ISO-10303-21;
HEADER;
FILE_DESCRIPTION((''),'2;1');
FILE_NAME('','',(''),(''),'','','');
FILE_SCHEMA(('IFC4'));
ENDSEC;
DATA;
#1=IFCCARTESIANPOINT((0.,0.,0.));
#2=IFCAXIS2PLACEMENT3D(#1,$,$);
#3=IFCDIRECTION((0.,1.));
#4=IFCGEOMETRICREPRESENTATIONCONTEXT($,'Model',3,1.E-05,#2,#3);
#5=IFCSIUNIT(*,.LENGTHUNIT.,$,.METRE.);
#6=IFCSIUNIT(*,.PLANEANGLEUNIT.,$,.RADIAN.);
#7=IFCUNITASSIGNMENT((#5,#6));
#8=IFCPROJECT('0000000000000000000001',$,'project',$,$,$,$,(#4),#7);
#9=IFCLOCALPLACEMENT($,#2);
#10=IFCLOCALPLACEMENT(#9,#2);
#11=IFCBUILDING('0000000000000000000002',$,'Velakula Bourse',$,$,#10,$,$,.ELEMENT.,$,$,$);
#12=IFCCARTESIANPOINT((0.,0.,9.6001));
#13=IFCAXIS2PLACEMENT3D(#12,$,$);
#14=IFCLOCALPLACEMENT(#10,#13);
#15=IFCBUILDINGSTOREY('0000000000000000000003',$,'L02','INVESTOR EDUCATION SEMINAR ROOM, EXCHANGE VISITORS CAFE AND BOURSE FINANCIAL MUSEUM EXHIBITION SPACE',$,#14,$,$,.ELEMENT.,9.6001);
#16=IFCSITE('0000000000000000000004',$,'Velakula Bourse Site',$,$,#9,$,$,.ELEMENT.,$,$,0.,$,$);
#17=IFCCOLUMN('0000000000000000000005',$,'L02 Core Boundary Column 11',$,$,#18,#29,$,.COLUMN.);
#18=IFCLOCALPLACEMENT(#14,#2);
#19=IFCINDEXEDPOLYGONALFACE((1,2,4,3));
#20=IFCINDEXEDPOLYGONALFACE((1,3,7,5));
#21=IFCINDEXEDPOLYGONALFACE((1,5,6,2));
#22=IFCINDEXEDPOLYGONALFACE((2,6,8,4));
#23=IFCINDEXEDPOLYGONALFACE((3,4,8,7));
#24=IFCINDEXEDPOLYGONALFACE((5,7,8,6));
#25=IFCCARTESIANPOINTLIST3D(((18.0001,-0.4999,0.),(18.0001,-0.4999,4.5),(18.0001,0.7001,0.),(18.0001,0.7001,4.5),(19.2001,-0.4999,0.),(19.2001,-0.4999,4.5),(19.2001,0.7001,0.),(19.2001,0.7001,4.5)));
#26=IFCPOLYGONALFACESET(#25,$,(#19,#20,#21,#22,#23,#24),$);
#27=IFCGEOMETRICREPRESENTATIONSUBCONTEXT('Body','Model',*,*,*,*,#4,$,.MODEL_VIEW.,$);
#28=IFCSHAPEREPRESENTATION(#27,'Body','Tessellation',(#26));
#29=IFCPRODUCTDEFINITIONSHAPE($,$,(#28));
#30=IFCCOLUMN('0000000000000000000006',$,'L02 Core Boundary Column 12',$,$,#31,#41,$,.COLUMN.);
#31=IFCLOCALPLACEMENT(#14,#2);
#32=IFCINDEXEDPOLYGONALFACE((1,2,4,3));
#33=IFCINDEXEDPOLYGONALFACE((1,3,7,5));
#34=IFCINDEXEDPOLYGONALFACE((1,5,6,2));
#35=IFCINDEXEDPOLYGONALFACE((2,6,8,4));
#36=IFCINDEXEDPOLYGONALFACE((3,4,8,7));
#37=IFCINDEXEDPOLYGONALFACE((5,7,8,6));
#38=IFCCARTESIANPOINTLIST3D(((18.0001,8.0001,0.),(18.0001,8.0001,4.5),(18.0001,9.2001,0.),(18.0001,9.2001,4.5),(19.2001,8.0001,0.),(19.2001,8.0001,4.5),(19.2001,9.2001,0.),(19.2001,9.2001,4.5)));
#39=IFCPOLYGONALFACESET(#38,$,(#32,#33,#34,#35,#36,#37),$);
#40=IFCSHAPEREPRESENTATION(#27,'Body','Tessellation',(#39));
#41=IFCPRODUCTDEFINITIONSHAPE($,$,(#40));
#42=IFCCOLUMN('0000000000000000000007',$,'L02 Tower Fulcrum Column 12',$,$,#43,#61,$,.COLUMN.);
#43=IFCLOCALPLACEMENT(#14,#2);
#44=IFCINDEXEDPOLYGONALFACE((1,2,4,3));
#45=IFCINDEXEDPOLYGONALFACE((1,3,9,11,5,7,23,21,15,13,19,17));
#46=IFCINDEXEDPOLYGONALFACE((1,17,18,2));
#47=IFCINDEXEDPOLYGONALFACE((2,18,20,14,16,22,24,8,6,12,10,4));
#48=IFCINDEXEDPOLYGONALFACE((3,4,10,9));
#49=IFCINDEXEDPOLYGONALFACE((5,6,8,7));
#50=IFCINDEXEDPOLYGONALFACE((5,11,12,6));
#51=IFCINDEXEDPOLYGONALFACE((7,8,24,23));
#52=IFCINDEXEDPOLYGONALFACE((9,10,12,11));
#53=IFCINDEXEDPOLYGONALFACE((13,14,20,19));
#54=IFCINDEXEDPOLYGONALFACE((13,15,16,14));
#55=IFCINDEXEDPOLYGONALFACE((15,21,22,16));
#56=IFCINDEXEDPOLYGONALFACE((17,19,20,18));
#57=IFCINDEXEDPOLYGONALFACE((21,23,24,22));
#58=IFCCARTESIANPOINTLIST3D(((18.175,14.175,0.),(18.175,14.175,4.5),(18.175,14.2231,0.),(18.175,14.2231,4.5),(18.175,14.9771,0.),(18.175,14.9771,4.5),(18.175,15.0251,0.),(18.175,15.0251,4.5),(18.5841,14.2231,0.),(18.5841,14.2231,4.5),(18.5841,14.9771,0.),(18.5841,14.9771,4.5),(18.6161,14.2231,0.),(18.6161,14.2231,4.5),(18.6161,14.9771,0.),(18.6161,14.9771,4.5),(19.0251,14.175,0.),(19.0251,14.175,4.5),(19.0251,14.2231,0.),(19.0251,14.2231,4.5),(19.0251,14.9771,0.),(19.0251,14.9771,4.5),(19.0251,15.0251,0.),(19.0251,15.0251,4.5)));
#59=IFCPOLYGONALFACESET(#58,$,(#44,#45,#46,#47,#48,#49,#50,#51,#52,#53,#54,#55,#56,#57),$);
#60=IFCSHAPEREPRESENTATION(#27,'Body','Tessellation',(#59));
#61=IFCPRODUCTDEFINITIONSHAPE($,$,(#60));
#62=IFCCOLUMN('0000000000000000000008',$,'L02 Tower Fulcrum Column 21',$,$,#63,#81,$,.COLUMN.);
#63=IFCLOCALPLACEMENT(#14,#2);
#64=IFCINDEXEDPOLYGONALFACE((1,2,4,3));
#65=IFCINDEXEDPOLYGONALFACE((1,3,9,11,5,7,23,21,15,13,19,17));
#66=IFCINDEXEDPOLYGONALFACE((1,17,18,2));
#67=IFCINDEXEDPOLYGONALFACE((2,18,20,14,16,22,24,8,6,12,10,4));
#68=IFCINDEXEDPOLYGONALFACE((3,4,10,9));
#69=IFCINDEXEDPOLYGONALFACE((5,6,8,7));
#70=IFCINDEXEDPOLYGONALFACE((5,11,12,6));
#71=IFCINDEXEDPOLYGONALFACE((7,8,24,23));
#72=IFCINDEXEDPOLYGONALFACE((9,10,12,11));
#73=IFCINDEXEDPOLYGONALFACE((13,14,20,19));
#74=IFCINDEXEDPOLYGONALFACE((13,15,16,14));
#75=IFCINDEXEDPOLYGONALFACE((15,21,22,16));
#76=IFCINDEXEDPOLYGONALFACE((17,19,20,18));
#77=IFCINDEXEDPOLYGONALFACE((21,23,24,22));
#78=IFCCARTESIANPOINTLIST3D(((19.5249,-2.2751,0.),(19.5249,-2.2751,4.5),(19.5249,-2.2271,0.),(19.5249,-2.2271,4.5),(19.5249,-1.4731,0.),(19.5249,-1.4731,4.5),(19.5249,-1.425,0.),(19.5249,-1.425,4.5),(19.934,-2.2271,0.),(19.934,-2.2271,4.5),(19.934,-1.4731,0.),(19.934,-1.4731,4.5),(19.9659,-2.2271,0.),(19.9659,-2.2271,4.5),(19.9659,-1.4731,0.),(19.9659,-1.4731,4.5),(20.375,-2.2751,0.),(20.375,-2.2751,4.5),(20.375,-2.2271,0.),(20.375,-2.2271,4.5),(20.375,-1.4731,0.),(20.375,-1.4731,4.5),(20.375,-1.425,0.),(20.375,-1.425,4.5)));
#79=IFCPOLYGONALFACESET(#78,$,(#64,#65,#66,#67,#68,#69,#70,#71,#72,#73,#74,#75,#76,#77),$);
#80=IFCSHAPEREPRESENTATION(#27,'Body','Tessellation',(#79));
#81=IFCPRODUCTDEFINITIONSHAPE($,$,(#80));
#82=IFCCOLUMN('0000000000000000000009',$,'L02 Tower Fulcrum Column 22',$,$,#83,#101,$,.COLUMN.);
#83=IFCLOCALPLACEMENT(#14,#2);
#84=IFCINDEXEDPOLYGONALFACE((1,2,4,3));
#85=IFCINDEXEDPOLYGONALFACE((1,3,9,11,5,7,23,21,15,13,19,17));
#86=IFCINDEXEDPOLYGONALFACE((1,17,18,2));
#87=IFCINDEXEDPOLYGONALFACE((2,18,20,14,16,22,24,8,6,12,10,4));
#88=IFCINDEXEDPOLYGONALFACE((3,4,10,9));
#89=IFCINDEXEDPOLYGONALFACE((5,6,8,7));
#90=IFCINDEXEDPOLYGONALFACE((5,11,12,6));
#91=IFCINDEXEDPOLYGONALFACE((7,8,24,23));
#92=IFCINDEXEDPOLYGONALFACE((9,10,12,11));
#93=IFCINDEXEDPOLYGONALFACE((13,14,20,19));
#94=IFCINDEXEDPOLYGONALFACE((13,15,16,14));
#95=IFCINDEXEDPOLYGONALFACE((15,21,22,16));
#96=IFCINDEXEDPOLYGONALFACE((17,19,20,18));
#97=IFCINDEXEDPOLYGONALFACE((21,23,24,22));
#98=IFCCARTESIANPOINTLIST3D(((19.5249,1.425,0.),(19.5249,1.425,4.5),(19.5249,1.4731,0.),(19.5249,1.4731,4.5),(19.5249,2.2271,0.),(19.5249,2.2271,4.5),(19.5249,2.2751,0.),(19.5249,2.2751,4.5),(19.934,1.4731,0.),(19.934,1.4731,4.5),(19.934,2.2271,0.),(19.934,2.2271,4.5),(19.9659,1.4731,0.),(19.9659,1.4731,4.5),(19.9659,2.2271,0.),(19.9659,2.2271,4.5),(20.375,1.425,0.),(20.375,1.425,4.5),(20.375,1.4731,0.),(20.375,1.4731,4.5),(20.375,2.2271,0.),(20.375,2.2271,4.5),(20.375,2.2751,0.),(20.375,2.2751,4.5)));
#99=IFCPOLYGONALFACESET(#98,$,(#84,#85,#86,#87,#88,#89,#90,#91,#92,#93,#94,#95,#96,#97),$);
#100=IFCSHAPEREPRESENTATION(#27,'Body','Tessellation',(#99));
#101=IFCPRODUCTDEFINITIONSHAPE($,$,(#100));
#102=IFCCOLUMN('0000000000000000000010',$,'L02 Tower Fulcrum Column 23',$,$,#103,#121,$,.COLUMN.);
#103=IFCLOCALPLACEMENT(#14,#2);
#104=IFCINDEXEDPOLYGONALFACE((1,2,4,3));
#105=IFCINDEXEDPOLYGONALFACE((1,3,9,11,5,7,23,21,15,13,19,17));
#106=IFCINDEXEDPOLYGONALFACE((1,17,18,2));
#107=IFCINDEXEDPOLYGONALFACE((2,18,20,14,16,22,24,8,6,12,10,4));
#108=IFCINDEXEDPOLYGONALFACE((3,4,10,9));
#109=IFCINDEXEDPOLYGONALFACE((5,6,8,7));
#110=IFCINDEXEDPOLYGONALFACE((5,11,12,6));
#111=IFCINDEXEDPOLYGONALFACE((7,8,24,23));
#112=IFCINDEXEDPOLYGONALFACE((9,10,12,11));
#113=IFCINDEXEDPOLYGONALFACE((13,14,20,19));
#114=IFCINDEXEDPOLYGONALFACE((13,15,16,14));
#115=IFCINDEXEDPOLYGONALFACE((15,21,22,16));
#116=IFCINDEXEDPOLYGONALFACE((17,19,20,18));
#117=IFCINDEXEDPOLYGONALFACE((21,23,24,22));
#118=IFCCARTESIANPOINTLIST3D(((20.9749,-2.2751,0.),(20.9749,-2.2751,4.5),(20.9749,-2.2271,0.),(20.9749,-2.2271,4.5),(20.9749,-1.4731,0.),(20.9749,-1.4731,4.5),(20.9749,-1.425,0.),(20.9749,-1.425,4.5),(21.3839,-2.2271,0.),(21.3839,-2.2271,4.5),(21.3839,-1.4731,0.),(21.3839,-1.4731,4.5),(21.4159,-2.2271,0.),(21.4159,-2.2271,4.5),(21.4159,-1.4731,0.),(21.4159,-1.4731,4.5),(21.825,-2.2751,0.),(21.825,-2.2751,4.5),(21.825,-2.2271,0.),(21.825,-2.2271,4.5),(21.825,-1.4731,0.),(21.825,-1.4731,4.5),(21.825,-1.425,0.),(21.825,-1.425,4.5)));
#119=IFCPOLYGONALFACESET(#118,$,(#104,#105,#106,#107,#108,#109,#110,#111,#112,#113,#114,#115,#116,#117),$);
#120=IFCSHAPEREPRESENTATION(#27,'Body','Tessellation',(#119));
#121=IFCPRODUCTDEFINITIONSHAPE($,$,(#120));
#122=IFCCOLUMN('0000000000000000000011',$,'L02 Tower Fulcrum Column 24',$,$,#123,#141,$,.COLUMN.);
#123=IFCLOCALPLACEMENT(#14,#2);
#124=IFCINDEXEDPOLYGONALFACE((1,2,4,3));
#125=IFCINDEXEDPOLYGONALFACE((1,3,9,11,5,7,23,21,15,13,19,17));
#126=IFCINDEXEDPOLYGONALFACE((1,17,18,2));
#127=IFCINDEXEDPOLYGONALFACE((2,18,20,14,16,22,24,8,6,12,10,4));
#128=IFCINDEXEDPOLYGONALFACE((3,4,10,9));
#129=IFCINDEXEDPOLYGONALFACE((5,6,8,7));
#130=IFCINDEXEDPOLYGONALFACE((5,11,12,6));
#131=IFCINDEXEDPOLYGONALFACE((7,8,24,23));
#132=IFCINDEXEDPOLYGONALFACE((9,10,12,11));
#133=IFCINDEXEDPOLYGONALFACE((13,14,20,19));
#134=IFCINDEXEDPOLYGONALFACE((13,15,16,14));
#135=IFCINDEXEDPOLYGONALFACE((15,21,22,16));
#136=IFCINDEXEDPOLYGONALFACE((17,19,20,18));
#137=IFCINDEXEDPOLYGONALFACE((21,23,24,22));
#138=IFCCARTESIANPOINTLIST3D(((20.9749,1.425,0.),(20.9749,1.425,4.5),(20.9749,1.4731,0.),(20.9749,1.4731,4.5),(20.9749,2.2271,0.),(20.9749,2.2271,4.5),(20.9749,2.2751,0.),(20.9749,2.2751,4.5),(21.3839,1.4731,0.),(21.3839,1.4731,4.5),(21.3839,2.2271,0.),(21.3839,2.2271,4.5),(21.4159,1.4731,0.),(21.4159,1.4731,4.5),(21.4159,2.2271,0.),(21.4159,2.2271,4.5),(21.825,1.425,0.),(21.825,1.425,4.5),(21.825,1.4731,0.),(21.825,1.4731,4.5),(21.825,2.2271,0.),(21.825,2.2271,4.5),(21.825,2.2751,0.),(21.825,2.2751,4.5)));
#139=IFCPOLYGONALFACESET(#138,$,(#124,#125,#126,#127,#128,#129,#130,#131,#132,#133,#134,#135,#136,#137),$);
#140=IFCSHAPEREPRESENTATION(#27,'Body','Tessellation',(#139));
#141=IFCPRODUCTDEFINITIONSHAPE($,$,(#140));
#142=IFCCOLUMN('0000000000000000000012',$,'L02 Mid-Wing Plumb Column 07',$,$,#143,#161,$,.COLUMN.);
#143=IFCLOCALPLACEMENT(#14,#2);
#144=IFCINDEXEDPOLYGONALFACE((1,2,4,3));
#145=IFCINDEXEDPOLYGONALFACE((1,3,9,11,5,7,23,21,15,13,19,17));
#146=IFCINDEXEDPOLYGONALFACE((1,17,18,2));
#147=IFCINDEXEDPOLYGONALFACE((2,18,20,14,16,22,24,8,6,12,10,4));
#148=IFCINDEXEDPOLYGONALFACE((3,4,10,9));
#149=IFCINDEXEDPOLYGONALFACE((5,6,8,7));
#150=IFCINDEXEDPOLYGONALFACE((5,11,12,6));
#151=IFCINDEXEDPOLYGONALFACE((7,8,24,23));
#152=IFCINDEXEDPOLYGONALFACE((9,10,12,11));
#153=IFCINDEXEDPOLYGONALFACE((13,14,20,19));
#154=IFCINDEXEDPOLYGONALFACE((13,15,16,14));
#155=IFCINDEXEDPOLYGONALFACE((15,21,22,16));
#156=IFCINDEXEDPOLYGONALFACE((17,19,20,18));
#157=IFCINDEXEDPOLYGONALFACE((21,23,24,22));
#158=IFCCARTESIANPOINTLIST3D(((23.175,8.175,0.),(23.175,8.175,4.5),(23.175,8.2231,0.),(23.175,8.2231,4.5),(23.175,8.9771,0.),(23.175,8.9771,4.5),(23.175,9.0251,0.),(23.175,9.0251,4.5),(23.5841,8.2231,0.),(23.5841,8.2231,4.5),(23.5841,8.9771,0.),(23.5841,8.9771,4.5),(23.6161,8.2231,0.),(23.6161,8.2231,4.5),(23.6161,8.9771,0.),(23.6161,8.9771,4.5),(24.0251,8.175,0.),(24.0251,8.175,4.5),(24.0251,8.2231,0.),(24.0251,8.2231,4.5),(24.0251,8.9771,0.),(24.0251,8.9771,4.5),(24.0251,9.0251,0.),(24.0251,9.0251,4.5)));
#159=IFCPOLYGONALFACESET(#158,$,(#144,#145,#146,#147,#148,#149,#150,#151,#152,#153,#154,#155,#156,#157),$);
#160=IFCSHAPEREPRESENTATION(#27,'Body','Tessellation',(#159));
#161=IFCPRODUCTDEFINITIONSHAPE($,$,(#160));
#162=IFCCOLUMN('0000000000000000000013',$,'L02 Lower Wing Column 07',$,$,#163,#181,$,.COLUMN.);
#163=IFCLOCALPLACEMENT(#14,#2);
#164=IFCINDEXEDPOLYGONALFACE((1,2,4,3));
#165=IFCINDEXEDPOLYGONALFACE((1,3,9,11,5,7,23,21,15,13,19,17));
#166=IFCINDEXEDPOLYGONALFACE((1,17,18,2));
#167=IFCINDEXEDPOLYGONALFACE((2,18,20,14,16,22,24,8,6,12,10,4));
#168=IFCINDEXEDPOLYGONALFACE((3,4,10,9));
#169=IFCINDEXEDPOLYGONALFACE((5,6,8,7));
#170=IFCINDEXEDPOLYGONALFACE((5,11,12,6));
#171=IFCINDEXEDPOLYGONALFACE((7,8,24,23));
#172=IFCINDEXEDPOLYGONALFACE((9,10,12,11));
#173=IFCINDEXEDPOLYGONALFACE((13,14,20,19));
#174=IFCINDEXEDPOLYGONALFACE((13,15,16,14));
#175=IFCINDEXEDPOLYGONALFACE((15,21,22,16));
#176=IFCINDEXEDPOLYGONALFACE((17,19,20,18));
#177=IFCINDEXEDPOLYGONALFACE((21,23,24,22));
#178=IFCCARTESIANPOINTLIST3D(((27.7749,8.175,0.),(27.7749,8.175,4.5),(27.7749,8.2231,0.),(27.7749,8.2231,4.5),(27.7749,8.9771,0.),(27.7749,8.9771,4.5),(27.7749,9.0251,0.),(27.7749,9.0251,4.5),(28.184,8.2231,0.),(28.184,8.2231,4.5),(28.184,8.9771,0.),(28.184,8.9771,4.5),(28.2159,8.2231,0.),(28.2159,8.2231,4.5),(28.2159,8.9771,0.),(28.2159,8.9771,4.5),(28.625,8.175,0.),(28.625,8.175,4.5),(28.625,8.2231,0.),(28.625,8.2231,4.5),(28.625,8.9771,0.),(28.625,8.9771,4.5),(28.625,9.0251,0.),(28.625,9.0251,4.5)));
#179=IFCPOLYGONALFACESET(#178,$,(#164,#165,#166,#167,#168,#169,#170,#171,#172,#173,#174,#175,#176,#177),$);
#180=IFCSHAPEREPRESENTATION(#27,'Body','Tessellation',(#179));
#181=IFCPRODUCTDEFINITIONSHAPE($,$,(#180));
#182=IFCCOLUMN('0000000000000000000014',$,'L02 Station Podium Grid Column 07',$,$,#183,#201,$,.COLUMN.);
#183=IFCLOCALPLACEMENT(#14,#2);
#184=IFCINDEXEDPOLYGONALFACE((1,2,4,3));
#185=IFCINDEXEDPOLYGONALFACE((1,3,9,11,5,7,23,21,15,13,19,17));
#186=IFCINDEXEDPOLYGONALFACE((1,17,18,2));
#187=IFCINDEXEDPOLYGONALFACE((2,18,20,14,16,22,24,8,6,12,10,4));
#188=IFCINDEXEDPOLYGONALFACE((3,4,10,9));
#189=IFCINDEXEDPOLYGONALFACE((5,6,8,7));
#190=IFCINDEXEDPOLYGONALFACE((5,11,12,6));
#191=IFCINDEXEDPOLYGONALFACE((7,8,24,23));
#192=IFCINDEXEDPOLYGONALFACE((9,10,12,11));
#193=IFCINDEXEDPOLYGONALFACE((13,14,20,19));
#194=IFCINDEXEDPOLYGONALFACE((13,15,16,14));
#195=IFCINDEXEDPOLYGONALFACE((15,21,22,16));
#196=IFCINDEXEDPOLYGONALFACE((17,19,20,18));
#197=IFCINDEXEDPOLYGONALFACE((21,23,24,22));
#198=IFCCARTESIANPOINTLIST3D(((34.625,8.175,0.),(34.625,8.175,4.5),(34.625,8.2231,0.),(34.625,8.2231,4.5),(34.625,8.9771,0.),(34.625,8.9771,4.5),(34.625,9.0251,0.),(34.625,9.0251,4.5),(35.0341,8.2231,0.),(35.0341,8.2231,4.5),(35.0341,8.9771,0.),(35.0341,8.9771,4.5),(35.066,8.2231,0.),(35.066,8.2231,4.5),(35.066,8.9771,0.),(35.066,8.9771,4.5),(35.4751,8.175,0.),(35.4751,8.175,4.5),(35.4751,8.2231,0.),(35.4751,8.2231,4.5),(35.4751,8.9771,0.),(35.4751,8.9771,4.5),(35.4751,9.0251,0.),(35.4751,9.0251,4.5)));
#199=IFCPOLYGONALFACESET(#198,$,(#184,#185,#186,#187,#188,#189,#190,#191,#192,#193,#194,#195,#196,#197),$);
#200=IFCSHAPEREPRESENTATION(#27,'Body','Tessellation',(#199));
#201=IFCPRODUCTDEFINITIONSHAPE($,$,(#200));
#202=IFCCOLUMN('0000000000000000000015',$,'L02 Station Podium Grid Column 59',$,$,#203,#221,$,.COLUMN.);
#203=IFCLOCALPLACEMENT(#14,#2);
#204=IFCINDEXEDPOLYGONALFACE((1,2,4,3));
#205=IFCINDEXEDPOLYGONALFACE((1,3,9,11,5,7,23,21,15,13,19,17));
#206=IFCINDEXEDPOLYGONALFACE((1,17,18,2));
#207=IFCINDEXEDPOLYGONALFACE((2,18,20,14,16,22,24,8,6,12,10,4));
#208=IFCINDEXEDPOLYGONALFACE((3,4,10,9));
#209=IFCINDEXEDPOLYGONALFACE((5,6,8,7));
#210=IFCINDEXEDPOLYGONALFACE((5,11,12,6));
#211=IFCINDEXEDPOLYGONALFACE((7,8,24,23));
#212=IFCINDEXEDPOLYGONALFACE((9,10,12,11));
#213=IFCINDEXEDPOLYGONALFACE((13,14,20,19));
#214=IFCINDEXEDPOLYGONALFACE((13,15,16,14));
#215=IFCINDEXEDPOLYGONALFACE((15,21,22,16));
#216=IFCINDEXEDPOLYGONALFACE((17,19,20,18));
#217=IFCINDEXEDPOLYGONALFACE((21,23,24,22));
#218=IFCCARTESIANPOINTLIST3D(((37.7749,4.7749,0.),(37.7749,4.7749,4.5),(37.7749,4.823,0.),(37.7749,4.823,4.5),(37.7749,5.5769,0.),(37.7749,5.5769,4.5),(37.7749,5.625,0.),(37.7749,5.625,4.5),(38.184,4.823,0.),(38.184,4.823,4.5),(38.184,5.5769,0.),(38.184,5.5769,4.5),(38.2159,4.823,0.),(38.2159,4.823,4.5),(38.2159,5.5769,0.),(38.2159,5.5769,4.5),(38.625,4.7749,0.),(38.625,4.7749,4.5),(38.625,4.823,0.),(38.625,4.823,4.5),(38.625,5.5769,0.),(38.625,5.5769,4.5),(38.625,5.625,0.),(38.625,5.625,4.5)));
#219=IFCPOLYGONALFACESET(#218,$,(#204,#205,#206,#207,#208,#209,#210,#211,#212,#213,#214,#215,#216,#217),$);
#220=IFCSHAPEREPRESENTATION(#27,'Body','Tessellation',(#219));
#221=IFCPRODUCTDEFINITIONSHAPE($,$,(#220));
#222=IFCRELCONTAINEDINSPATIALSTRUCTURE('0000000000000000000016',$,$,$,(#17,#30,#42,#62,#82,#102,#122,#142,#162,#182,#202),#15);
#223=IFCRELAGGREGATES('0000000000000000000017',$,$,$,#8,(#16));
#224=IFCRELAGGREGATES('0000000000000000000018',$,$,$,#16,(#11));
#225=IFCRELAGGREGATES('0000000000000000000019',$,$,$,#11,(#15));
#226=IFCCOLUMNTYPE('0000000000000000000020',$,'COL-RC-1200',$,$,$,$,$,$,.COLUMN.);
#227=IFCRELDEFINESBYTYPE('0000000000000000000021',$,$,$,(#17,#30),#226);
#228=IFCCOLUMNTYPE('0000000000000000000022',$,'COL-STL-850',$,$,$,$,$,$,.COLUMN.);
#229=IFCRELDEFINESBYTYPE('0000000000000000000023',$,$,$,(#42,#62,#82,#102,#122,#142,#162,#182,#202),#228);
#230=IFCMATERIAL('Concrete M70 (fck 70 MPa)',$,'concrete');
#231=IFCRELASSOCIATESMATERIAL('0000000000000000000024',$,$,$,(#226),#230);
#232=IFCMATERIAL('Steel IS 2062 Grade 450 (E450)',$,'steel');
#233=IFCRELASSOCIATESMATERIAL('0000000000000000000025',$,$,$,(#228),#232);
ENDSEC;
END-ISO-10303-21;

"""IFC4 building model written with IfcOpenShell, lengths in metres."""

from ifc_helpers import new_model, si_unit, direction, frame, origin, origin_2d, place, context, subcontext, project, spatial, rectangle, i_section, extrude, material, material_profile, profile_set, type_object, element, save


model = new_model("IFC4")

# Units and contexts
model_context = context("Model", 3, precision=1e-05, world=origin(), true_north=direction((0.0, 1.0)))
body_context = subcontext(model_context, "Body", "Model", "MODEL_VIEW")
ifc_project = project(units=[si_unit("LENGTHUNIT", "METRE"), si_unit("PLANEANGLEUNIT", "RADIAN")], contexts=[model_context])

# Site, building, storey
site_placement = place(None, origin())
site = spatial("IfcSite", under=ifc_project, at=site_placement, Name="Velakula Bourse Site", CompositionType="ELEMENT", RefElevation=0.0)
building_placement = place(site_placement, origin())
building = spatial("IfcBuilding", under=site, at=building_placement, Name="Velakula Bourse", CompositionType="ELEMENT")
storey_placement = place(building_placement, frame((0.0, 0.0, 9.6001)))
storey = spatial("IfcBuildingStorey", under=building, at=storey_placement, Name="L02", Description="INVESTOR EDUCATION SEMINAR ROOM, EXCHANGE VISITORS CAFE AND BOURSE FINANCIAL MUSEUM EXHIBITION SPACE", CompositionType="ELEMENT", Elevation=9.6001)

# Columns
ifc_material_1 = material(Name="Concrete M70 (fck 70 MPa)", Category="concrete")
ifc_material_profile_1 = material_profile(ifc_material_1, rectangle(XDim=1.2, YDim=1.2, at=origin_2d()), Name="Concrete M70 (fck 70 MPa)")
ifc_profile_set_1 = profile_set([ifc_material_profile_1], Name="Concrete M70 (fck 70 MPa)")
column_type_1 = type_object("IfcColumnType", Name="COL-RC-1200", PredefinedType="COLUMN", material=ifc_profile_set_1)
for number, where, z_axis, x_axis, name in (
    (1, (18.6001, 0.1001, 0.0), (0.0, 0.0, 1.0), (1.0, 0.0, 0.0), "L02 Core Boundary Column 11"),
    (2, (18.6001, 8.6001, 0.0), (0.0, 0.0, 1.0), (1.0, 0.0, 0.0), "L02 Core Boundary Column 12"),
):
    element("IfcColumn", number, at=place(storey_placement, frame(where, z_axis=z_axis, x_axis=x_axis)), inside=storey, type_object=column_type_1, Name=name, PredefinedType="COLUMN", context=body_context, shape_type="SweptSolid", body=[
        extrude(rectangle(XDim=1.2, YDim=1.2, at=origin_2d()), origin(), (0.0, 0.0, 1.0), 4.5),
    ])
ifc_material_2 = material(Name="Steel IS 2062 Grade 450 (E450)", Category="steel")
ifc_material_profile_2 = material_profile(ifc_material_2, i_section(OverallWidth=0.8501, OverallDepth=0.8501, WebThickness=0.032, FlangeThickness=0.0481, at=origin_2d()), Name="Steel IS 2062 Grade 450 (E450)")
ifc_profile_set_2 = profile_set([ifc_material_profile_2], Name="Steel IS 2062 Grade 450 (E450)")
column_type_2 = type_object("IfcColumnType", Name="COL-STL-850", PredefinedType="COLUMN", material=ifc_profile_set_2)
for number, where, z_axis, x_axis, name in (
    (3, (18.6001, 14.6001, 0.0), (0.0, 0.0, 1.0), (1.0, 0.0, 0.0), "L02 Tower Fulcrum Column 12"),
    (4, (19.95, -1.8501, 0.0), (0.0, 0.0, 1.0), (1.0, 0.0, 0.0), "L02 Tower Fulcrum Column 21"),
    (5, (19.95, 1.8501, 0.0), (0.0, 0.0, 1.0), (1.0, 0.0, 0.0), "L02 Tower Fulcrum Column 22"),
    (6, (21.3999, -1.8501, 0.0), (0.0, 0.0, 1.0), (1.0, 0.0, 0.0), "L02 Tower Fulcrum Column 23"),
    (7, (21.3999, 1.8501, 0.0), (0.0, 0.0, 1.0), (1.0, 0.0, 0.0), "L02 Tower Fulcrum Column 24"),
    (8, (23.6001, 8.6001, 0.0), (0.0, 0.0, 1.0), (1.0, 0.0, 0.0), "L02 Mid-Wing Plumb Column 07"),
    (9, (28.2, 8.6001, 0.0), (0.0, 0.0, 1.0), (1.0, 0.0, 0.0), "L02 Lower Wing Column 07"),
    (10, (35.05, 8.6001, 0.0), (0.0, 0.0, 1.0), (1.0, 0.0, 0.0), "L02 Station Podium Grid Column 07"),
    (11, (38.2, 5.2, 0.0), (0.0, 0.0, 1.0), (1.0, 0.0, 0.0), "L02 Station Podium Grid Column 59"),
):
    element("IfcColumn", number, at=place(storey_placement, frame(where, z_axis=z_axis, x_axis=x_axis)), inside=storey, type_object=column_type_2, Name=name, PredefinedType="COLUMN", context=body_context, shape_type="SweptSolid", body=[
        extrude(i_section(OverallWidth=0.8501, OverallDepth=0.8501, WebThickness=0.032, FlangeThickness=0.0481, at=origin_2d()), origin(), (0.0, 0.0, 1.0), 4.5),
    ])

save(model, "model.ifc")
